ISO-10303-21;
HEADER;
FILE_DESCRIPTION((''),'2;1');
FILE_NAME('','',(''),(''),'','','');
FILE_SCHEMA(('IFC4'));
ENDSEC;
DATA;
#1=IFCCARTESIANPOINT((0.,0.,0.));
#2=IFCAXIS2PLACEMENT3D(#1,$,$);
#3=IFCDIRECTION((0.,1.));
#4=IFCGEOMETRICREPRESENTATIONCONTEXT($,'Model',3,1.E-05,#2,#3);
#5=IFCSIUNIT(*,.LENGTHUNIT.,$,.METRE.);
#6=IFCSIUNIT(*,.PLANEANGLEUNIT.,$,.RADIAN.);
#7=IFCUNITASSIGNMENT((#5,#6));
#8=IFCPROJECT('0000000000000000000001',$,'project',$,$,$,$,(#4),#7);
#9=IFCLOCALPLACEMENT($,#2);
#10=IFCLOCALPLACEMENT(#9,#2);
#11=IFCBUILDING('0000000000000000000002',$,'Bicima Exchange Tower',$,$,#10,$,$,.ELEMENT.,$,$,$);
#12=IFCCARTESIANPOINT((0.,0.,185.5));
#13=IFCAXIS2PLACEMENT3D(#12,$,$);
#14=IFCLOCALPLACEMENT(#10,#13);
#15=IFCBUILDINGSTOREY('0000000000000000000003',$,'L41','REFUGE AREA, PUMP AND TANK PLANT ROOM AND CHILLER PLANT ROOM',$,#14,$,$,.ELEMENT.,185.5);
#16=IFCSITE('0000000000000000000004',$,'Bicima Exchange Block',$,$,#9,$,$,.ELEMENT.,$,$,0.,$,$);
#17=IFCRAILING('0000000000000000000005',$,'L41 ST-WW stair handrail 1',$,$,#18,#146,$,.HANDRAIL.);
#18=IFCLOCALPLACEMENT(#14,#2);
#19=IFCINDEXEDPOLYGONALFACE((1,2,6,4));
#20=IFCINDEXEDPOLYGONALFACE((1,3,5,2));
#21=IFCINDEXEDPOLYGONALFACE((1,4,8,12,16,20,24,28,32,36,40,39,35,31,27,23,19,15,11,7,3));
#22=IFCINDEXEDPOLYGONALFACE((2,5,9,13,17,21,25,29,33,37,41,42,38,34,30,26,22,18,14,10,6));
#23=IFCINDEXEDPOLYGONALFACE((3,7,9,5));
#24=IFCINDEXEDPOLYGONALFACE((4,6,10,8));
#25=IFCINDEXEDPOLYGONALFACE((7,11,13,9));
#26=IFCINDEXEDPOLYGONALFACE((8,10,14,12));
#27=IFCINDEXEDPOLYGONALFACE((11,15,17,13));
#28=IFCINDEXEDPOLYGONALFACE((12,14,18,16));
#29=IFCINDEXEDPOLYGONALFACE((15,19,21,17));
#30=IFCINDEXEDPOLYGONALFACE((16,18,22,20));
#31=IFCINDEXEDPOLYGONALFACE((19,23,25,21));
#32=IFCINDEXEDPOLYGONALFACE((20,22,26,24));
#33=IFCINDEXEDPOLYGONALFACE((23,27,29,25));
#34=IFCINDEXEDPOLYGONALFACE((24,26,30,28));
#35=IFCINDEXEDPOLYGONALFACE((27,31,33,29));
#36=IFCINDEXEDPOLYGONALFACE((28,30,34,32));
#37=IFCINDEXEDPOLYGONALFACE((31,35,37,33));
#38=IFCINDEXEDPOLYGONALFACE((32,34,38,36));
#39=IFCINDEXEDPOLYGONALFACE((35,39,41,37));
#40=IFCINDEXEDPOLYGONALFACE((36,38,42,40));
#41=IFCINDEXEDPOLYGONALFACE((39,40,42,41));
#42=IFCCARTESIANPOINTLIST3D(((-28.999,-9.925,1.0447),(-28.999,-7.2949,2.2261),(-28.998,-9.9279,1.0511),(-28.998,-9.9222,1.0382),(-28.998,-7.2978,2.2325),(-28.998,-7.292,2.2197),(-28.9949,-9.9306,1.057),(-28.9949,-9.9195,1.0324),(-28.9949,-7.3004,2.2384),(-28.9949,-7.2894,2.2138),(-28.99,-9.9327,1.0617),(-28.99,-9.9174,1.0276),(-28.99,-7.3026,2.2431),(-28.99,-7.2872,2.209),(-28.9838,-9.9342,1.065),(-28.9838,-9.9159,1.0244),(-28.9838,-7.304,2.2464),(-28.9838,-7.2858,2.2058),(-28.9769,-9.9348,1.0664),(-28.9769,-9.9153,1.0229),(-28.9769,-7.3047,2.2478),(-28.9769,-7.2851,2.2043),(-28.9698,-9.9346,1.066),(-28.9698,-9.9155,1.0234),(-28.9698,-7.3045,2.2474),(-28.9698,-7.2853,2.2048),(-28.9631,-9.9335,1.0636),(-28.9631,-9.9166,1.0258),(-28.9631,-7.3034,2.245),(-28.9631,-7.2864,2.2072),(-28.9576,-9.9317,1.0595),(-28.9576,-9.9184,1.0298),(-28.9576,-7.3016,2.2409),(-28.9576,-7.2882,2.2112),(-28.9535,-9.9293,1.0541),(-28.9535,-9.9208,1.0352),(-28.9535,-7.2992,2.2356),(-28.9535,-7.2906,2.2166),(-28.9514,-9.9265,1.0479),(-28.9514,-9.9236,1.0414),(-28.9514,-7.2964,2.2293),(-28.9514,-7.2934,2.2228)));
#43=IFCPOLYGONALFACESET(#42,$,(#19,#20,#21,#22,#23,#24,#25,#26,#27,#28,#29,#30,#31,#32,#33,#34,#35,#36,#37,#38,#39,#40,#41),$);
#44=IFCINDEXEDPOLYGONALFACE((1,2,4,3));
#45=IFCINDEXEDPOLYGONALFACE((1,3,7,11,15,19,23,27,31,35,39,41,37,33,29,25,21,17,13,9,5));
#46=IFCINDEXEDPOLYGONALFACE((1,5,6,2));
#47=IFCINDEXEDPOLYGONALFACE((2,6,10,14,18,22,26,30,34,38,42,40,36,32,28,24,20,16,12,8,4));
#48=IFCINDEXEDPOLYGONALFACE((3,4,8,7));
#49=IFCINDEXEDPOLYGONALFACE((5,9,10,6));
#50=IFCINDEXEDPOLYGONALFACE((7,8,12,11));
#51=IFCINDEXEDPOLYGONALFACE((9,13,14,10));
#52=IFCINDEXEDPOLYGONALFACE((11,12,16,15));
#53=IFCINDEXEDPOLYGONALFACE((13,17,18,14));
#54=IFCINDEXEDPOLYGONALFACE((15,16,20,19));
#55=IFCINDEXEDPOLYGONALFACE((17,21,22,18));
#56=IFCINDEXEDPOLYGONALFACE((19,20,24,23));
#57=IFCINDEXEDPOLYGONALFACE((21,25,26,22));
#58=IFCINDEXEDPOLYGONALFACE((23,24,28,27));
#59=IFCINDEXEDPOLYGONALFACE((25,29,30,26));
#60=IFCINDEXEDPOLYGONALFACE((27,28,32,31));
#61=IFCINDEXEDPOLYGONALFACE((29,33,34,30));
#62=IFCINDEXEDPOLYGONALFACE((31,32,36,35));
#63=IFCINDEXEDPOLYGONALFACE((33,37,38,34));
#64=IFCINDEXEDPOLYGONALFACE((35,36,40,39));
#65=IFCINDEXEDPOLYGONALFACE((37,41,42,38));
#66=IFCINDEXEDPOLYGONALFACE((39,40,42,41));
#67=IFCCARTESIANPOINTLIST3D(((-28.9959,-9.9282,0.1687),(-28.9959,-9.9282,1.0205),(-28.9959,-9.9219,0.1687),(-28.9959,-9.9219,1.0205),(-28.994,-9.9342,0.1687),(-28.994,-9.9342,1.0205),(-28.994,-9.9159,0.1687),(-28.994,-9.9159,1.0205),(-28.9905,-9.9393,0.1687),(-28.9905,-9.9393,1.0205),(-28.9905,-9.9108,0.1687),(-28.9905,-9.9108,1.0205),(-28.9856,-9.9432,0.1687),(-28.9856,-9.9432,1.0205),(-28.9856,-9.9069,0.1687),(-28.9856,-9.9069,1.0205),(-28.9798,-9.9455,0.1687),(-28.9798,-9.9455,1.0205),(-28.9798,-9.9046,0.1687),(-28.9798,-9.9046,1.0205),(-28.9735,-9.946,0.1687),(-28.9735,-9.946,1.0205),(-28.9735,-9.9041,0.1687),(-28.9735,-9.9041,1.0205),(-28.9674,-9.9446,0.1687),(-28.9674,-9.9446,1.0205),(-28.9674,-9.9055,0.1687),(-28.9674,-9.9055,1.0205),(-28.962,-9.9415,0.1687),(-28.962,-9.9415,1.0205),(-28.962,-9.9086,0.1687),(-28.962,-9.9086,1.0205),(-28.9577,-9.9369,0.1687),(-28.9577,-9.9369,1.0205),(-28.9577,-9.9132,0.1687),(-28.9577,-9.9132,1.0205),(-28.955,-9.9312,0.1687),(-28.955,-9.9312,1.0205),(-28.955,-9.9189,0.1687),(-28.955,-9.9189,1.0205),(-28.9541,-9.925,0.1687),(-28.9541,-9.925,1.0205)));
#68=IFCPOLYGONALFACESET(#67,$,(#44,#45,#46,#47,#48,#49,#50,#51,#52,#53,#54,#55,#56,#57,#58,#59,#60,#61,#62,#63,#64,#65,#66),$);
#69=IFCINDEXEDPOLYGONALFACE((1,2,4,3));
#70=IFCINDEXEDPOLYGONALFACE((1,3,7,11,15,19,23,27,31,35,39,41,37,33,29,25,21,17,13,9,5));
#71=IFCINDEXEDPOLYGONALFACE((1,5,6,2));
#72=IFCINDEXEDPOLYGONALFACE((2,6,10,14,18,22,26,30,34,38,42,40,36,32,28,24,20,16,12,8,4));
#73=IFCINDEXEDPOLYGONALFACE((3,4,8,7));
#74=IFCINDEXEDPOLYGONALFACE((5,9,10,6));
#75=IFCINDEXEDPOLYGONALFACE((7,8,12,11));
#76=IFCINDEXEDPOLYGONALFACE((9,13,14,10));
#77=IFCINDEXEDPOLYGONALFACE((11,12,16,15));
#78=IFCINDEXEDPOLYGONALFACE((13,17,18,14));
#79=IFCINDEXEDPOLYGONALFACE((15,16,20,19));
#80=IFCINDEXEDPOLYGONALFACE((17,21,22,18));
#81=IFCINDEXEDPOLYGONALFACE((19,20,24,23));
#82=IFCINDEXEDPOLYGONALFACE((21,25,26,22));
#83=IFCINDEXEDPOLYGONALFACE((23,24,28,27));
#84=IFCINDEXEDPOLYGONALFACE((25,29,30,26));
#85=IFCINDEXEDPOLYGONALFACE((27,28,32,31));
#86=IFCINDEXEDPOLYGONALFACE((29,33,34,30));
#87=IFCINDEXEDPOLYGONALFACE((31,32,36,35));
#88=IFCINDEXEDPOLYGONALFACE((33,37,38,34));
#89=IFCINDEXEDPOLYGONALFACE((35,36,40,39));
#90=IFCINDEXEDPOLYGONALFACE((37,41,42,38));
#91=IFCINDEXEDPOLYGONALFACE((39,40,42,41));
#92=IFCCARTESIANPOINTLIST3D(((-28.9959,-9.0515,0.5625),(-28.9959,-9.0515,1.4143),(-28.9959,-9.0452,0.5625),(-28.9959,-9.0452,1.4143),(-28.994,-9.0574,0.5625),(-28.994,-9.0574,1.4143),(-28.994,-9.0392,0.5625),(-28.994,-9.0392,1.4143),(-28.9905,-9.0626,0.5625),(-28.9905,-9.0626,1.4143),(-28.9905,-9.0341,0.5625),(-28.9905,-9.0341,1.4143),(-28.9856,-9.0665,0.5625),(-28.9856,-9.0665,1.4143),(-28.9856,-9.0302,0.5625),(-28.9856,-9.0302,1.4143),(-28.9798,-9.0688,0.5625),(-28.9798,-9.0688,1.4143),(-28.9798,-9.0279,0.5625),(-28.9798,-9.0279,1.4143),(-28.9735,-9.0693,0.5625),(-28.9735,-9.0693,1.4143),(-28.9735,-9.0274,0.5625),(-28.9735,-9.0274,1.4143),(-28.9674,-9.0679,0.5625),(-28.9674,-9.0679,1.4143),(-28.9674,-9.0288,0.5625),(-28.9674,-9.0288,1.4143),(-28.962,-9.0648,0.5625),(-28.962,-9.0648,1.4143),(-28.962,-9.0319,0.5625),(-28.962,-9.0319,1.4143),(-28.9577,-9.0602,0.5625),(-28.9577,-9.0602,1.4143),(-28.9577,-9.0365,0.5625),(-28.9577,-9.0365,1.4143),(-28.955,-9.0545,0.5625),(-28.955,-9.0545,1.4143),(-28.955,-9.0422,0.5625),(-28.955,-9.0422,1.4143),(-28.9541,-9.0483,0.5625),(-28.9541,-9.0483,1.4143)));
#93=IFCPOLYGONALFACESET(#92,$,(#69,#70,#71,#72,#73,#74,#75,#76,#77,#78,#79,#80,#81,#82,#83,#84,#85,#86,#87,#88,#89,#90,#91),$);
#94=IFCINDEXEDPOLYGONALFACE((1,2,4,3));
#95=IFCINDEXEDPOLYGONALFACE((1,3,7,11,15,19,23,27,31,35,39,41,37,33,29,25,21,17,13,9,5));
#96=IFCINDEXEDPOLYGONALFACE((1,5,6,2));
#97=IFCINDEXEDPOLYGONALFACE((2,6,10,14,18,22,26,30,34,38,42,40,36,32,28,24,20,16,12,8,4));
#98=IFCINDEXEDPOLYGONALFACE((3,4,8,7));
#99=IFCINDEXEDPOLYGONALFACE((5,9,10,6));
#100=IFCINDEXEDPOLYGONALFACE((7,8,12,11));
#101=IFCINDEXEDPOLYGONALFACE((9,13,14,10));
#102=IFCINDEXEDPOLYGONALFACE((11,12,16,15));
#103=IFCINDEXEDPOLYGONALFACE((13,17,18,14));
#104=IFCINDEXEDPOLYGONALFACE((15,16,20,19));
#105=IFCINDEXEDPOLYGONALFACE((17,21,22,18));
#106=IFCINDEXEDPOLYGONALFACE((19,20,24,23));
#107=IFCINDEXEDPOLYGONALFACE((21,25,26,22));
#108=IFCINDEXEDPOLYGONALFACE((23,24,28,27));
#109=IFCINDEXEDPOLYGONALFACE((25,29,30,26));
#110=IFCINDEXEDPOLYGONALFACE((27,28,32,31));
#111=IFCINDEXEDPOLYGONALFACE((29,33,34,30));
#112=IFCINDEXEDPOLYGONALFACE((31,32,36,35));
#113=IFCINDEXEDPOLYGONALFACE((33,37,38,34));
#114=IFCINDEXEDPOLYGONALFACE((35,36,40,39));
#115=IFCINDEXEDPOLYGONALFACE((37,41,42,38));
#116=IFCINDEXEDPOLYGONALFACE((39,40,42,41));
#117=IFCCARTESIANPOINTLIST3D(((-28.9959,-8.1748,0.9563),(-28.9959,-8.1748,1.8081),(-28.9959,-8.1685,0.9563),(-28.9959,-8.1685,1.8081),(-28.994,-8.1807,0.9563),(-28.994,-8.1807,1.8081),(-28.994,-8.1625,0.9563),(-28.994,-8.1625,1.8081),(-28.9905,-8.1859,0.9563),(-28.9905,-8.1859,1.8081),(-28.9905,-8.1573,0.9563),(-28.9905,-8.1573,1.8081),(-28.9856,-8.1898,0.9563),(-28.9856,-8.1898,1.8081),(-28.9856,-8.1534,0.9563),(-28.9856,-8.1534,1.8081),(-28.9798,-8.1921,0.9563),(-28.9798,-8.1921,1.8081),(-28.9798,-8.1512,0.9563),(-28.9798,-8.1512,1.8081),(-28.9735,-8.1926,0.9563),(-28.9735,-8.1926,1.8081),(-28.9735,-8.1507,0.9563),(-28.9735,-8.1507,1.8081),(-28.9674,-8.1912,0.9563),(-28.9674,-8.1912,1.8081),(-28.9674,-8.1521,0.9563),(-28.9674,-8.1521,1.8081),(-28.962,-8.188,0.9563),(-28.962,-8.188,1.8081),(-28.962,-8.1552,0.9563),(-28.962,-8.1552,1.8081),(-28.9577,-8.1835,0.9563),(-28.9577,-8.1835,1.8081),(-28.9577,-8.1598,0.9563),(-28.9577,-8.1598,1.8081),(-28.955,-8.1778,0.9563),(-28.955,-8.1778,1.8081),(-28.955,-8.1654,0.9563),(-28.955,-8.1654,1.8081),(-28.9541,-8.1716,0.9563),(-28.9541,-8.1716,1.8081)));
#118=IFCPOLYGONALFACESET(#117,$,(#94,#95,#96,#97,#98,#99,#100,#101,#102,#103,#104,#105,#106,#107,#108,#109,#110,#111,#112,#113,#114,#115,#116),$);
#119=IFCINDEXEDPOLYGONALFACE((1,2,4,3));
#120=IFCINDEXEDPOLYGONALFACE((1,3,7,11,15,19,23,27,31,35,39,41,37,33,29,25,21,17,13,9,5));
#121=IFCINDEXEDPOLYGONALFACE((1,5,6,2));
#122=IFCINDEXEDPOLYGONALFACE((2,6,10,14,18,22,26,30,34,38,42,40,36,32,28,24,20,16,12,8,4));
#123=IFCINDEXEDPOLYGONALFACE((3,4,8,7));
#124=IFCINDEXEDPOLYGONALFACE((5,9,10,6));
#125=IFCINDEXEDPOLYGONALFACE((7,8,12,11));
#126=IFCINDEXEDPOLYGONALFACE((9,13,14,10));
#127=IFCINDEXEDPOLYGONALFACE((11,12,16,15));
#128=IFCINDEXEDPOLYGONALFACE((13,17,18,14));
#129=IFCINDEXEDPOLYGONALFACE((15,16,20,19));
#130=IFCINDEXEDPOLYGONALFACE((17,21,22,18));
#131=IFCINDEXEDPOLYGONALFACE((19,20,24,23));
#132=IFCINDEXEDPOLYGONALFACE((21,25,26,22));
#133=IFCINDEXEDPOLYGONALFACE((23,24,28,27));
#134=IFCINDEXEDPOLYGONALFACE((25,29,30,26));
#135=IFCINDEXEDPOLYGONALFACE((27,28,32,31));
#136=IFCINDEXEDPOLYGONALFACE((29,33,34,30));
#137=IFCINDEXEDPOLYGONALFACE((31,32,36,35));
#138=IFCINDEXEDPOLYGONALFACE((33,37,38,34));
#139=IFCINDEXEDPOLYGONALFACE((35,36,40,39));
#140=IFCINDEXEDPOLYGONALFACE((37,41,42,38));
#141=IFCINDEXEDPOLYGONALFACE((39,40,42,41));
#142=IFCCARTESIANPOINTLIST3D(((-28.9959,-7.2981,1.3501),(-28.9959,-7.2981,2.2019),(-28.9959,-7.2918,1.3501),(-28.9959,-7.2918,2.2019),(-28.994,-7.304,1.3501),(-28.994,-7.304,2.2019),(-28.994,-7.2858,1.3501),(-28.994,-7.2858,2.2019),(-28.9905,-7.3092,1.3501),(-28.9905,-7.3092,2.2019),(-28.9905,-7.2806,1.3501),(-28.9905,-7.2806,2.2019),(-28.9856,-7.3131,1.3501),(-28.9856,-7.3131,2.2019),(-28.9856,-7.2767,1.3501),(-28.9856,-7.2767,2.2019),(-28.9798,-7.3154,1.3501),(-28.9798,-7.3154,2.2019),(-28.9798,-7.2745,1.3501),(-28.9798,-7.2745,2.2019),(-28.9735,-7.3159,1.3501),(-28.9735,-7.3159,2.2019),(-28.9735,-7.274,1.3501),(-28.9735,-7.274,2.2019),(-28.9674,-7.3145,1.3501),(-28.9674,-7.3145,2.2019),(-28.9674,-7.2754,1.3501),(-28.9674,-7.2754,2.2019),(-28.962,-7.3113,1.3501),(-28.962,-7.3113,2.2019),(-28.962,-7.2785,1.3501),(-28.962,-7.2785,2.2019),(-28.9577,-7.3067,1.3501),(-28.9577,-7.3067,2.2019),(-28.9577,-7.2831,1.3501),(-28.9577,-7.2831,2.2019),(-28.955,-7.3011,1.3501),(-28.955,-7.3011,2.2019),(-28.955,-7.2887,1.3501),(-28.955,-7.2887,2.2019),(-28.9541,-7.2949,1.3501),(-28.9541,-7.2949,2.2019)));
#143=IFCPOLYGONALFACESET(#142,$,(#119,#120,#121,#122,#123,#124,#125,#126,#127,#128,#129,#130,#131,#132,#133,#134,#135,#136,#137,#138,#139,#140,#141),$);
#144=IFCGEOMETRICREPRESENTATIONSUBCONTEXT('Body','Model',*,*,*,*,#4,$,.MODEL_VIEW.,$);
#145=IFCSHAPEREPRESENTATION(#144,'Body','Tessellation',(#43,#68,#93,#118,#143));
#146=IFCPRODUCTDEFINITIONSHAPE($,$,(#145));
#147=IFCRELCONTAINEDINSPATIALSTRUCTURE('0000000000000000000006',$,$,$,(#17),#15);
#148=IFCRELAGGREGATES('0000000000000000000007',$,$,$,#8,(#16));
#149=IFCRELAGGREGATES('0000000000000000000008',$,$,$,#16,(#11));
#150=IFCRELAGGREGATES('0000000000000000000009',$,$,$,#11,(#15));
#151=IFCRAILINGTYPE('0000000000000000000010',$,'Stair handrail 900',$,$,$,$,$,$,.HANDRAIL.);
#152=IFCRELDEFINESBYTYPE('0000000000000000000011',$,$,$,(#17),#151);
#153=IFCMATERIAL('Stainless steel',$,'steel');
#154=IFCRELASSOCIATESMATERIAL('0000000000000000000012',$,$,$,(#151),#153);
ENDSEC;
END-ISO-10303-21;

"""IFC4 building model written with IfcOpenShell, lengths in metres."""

from ifc_helpers import new_model, si_unit, direction, frame, origin, origin_2d, place, context, subcontext, project, spatial, circle, extrude, material, type_object, element, save


model = new_model("IFC4")

# Units and contexts
model_context = context("Model", 3, precision=1e-05, world=origin(), true_north=direction((0.0, 1.0)))
body_context = subcontext(model_context, "Body", "Model", "MODEL_VIEW")
ifc_project = project(units=[si_unit("LENGTHUNIT", "METRE"), si_unit("PLANEANGLEUNIT", "RADIAN")], contexts=[model_context])

# Site, building, storey
site_placement = place(None, origin())
site = spatial("IfcSite", under=ifc_project, at=site_placement, Name="Bicima Exchange Block", CompositionType="ELEMENT", RefElevation=0.0)
building_placement = place(site_placement, origin())
building = spatial("IfcBuilding", under=site, at=building_placement, Name="Bicima Exchange Tower", CompositionType="ELEMENT")
storey_placement = place(building_placement, frame((0.0, 0.0, 185.5)))
storey = spatial("IfcBuildingStorey", under=building, at=storey_placement, Name="L41", Description="REFUGE AREA, PUMP AND TANK PLANT ROOM AND CHILLER PLANT ROOM", CompositionType="ELEMENT", Elevation=185.5)

# Railing
ifc_material_1 = material(Name="Stainless steel", Category="steel")
railing_type_1 = type_object("IfcRailingType", Name="Stair handrail 900", PredefinedType="HANDRAIL", material=ifc_material_1)
railing_1_placement = place(storey_placement, frame((-28.9751, -9.925, 0.1687)))
element("IfcRailing", 1, at=railing_1_placement, inside=storey, type_object=railing_type_1, Name="L41 ST-WW stair handrail 1", PredefinedType="HANDRAIL", context=body_context, shape_type="SweptSolid", body=[
    extrude(circle(Radius=0.0239, at=origin_2d()), frame((0.0, 0.0, 0.876), z_axis=(0.0, 0.912202, 0.409741), x_axis=(-1.0, 0.0, 0.0)), (0.0, 0.0, 1.0), 2.8833),
    extrude(circle(Radius=0.021, at=origin_2d()), origin(), (0.0, 0.0, 1.0), 0.8518),
    extrude(circle(Radius=0.021, at=origin_2d()), frame((0.0, 0.8767, 0.3938)), (0.0, 0.0, 1.0), 0.8518),
    extrude(circle(Radius=0.021, at=origin_2d()), frame((0.0, 1.7534, 0.7876)), (0.0, 0.0, 1.0), 0.8518),
    extrude(circle(Radius=0.021, at=origin_2d()), frame((0.0, 2.6301, 1.1814)), (0.0, 0.0, 1.0), 0.8518),
])

save(model, "model.ifc")
